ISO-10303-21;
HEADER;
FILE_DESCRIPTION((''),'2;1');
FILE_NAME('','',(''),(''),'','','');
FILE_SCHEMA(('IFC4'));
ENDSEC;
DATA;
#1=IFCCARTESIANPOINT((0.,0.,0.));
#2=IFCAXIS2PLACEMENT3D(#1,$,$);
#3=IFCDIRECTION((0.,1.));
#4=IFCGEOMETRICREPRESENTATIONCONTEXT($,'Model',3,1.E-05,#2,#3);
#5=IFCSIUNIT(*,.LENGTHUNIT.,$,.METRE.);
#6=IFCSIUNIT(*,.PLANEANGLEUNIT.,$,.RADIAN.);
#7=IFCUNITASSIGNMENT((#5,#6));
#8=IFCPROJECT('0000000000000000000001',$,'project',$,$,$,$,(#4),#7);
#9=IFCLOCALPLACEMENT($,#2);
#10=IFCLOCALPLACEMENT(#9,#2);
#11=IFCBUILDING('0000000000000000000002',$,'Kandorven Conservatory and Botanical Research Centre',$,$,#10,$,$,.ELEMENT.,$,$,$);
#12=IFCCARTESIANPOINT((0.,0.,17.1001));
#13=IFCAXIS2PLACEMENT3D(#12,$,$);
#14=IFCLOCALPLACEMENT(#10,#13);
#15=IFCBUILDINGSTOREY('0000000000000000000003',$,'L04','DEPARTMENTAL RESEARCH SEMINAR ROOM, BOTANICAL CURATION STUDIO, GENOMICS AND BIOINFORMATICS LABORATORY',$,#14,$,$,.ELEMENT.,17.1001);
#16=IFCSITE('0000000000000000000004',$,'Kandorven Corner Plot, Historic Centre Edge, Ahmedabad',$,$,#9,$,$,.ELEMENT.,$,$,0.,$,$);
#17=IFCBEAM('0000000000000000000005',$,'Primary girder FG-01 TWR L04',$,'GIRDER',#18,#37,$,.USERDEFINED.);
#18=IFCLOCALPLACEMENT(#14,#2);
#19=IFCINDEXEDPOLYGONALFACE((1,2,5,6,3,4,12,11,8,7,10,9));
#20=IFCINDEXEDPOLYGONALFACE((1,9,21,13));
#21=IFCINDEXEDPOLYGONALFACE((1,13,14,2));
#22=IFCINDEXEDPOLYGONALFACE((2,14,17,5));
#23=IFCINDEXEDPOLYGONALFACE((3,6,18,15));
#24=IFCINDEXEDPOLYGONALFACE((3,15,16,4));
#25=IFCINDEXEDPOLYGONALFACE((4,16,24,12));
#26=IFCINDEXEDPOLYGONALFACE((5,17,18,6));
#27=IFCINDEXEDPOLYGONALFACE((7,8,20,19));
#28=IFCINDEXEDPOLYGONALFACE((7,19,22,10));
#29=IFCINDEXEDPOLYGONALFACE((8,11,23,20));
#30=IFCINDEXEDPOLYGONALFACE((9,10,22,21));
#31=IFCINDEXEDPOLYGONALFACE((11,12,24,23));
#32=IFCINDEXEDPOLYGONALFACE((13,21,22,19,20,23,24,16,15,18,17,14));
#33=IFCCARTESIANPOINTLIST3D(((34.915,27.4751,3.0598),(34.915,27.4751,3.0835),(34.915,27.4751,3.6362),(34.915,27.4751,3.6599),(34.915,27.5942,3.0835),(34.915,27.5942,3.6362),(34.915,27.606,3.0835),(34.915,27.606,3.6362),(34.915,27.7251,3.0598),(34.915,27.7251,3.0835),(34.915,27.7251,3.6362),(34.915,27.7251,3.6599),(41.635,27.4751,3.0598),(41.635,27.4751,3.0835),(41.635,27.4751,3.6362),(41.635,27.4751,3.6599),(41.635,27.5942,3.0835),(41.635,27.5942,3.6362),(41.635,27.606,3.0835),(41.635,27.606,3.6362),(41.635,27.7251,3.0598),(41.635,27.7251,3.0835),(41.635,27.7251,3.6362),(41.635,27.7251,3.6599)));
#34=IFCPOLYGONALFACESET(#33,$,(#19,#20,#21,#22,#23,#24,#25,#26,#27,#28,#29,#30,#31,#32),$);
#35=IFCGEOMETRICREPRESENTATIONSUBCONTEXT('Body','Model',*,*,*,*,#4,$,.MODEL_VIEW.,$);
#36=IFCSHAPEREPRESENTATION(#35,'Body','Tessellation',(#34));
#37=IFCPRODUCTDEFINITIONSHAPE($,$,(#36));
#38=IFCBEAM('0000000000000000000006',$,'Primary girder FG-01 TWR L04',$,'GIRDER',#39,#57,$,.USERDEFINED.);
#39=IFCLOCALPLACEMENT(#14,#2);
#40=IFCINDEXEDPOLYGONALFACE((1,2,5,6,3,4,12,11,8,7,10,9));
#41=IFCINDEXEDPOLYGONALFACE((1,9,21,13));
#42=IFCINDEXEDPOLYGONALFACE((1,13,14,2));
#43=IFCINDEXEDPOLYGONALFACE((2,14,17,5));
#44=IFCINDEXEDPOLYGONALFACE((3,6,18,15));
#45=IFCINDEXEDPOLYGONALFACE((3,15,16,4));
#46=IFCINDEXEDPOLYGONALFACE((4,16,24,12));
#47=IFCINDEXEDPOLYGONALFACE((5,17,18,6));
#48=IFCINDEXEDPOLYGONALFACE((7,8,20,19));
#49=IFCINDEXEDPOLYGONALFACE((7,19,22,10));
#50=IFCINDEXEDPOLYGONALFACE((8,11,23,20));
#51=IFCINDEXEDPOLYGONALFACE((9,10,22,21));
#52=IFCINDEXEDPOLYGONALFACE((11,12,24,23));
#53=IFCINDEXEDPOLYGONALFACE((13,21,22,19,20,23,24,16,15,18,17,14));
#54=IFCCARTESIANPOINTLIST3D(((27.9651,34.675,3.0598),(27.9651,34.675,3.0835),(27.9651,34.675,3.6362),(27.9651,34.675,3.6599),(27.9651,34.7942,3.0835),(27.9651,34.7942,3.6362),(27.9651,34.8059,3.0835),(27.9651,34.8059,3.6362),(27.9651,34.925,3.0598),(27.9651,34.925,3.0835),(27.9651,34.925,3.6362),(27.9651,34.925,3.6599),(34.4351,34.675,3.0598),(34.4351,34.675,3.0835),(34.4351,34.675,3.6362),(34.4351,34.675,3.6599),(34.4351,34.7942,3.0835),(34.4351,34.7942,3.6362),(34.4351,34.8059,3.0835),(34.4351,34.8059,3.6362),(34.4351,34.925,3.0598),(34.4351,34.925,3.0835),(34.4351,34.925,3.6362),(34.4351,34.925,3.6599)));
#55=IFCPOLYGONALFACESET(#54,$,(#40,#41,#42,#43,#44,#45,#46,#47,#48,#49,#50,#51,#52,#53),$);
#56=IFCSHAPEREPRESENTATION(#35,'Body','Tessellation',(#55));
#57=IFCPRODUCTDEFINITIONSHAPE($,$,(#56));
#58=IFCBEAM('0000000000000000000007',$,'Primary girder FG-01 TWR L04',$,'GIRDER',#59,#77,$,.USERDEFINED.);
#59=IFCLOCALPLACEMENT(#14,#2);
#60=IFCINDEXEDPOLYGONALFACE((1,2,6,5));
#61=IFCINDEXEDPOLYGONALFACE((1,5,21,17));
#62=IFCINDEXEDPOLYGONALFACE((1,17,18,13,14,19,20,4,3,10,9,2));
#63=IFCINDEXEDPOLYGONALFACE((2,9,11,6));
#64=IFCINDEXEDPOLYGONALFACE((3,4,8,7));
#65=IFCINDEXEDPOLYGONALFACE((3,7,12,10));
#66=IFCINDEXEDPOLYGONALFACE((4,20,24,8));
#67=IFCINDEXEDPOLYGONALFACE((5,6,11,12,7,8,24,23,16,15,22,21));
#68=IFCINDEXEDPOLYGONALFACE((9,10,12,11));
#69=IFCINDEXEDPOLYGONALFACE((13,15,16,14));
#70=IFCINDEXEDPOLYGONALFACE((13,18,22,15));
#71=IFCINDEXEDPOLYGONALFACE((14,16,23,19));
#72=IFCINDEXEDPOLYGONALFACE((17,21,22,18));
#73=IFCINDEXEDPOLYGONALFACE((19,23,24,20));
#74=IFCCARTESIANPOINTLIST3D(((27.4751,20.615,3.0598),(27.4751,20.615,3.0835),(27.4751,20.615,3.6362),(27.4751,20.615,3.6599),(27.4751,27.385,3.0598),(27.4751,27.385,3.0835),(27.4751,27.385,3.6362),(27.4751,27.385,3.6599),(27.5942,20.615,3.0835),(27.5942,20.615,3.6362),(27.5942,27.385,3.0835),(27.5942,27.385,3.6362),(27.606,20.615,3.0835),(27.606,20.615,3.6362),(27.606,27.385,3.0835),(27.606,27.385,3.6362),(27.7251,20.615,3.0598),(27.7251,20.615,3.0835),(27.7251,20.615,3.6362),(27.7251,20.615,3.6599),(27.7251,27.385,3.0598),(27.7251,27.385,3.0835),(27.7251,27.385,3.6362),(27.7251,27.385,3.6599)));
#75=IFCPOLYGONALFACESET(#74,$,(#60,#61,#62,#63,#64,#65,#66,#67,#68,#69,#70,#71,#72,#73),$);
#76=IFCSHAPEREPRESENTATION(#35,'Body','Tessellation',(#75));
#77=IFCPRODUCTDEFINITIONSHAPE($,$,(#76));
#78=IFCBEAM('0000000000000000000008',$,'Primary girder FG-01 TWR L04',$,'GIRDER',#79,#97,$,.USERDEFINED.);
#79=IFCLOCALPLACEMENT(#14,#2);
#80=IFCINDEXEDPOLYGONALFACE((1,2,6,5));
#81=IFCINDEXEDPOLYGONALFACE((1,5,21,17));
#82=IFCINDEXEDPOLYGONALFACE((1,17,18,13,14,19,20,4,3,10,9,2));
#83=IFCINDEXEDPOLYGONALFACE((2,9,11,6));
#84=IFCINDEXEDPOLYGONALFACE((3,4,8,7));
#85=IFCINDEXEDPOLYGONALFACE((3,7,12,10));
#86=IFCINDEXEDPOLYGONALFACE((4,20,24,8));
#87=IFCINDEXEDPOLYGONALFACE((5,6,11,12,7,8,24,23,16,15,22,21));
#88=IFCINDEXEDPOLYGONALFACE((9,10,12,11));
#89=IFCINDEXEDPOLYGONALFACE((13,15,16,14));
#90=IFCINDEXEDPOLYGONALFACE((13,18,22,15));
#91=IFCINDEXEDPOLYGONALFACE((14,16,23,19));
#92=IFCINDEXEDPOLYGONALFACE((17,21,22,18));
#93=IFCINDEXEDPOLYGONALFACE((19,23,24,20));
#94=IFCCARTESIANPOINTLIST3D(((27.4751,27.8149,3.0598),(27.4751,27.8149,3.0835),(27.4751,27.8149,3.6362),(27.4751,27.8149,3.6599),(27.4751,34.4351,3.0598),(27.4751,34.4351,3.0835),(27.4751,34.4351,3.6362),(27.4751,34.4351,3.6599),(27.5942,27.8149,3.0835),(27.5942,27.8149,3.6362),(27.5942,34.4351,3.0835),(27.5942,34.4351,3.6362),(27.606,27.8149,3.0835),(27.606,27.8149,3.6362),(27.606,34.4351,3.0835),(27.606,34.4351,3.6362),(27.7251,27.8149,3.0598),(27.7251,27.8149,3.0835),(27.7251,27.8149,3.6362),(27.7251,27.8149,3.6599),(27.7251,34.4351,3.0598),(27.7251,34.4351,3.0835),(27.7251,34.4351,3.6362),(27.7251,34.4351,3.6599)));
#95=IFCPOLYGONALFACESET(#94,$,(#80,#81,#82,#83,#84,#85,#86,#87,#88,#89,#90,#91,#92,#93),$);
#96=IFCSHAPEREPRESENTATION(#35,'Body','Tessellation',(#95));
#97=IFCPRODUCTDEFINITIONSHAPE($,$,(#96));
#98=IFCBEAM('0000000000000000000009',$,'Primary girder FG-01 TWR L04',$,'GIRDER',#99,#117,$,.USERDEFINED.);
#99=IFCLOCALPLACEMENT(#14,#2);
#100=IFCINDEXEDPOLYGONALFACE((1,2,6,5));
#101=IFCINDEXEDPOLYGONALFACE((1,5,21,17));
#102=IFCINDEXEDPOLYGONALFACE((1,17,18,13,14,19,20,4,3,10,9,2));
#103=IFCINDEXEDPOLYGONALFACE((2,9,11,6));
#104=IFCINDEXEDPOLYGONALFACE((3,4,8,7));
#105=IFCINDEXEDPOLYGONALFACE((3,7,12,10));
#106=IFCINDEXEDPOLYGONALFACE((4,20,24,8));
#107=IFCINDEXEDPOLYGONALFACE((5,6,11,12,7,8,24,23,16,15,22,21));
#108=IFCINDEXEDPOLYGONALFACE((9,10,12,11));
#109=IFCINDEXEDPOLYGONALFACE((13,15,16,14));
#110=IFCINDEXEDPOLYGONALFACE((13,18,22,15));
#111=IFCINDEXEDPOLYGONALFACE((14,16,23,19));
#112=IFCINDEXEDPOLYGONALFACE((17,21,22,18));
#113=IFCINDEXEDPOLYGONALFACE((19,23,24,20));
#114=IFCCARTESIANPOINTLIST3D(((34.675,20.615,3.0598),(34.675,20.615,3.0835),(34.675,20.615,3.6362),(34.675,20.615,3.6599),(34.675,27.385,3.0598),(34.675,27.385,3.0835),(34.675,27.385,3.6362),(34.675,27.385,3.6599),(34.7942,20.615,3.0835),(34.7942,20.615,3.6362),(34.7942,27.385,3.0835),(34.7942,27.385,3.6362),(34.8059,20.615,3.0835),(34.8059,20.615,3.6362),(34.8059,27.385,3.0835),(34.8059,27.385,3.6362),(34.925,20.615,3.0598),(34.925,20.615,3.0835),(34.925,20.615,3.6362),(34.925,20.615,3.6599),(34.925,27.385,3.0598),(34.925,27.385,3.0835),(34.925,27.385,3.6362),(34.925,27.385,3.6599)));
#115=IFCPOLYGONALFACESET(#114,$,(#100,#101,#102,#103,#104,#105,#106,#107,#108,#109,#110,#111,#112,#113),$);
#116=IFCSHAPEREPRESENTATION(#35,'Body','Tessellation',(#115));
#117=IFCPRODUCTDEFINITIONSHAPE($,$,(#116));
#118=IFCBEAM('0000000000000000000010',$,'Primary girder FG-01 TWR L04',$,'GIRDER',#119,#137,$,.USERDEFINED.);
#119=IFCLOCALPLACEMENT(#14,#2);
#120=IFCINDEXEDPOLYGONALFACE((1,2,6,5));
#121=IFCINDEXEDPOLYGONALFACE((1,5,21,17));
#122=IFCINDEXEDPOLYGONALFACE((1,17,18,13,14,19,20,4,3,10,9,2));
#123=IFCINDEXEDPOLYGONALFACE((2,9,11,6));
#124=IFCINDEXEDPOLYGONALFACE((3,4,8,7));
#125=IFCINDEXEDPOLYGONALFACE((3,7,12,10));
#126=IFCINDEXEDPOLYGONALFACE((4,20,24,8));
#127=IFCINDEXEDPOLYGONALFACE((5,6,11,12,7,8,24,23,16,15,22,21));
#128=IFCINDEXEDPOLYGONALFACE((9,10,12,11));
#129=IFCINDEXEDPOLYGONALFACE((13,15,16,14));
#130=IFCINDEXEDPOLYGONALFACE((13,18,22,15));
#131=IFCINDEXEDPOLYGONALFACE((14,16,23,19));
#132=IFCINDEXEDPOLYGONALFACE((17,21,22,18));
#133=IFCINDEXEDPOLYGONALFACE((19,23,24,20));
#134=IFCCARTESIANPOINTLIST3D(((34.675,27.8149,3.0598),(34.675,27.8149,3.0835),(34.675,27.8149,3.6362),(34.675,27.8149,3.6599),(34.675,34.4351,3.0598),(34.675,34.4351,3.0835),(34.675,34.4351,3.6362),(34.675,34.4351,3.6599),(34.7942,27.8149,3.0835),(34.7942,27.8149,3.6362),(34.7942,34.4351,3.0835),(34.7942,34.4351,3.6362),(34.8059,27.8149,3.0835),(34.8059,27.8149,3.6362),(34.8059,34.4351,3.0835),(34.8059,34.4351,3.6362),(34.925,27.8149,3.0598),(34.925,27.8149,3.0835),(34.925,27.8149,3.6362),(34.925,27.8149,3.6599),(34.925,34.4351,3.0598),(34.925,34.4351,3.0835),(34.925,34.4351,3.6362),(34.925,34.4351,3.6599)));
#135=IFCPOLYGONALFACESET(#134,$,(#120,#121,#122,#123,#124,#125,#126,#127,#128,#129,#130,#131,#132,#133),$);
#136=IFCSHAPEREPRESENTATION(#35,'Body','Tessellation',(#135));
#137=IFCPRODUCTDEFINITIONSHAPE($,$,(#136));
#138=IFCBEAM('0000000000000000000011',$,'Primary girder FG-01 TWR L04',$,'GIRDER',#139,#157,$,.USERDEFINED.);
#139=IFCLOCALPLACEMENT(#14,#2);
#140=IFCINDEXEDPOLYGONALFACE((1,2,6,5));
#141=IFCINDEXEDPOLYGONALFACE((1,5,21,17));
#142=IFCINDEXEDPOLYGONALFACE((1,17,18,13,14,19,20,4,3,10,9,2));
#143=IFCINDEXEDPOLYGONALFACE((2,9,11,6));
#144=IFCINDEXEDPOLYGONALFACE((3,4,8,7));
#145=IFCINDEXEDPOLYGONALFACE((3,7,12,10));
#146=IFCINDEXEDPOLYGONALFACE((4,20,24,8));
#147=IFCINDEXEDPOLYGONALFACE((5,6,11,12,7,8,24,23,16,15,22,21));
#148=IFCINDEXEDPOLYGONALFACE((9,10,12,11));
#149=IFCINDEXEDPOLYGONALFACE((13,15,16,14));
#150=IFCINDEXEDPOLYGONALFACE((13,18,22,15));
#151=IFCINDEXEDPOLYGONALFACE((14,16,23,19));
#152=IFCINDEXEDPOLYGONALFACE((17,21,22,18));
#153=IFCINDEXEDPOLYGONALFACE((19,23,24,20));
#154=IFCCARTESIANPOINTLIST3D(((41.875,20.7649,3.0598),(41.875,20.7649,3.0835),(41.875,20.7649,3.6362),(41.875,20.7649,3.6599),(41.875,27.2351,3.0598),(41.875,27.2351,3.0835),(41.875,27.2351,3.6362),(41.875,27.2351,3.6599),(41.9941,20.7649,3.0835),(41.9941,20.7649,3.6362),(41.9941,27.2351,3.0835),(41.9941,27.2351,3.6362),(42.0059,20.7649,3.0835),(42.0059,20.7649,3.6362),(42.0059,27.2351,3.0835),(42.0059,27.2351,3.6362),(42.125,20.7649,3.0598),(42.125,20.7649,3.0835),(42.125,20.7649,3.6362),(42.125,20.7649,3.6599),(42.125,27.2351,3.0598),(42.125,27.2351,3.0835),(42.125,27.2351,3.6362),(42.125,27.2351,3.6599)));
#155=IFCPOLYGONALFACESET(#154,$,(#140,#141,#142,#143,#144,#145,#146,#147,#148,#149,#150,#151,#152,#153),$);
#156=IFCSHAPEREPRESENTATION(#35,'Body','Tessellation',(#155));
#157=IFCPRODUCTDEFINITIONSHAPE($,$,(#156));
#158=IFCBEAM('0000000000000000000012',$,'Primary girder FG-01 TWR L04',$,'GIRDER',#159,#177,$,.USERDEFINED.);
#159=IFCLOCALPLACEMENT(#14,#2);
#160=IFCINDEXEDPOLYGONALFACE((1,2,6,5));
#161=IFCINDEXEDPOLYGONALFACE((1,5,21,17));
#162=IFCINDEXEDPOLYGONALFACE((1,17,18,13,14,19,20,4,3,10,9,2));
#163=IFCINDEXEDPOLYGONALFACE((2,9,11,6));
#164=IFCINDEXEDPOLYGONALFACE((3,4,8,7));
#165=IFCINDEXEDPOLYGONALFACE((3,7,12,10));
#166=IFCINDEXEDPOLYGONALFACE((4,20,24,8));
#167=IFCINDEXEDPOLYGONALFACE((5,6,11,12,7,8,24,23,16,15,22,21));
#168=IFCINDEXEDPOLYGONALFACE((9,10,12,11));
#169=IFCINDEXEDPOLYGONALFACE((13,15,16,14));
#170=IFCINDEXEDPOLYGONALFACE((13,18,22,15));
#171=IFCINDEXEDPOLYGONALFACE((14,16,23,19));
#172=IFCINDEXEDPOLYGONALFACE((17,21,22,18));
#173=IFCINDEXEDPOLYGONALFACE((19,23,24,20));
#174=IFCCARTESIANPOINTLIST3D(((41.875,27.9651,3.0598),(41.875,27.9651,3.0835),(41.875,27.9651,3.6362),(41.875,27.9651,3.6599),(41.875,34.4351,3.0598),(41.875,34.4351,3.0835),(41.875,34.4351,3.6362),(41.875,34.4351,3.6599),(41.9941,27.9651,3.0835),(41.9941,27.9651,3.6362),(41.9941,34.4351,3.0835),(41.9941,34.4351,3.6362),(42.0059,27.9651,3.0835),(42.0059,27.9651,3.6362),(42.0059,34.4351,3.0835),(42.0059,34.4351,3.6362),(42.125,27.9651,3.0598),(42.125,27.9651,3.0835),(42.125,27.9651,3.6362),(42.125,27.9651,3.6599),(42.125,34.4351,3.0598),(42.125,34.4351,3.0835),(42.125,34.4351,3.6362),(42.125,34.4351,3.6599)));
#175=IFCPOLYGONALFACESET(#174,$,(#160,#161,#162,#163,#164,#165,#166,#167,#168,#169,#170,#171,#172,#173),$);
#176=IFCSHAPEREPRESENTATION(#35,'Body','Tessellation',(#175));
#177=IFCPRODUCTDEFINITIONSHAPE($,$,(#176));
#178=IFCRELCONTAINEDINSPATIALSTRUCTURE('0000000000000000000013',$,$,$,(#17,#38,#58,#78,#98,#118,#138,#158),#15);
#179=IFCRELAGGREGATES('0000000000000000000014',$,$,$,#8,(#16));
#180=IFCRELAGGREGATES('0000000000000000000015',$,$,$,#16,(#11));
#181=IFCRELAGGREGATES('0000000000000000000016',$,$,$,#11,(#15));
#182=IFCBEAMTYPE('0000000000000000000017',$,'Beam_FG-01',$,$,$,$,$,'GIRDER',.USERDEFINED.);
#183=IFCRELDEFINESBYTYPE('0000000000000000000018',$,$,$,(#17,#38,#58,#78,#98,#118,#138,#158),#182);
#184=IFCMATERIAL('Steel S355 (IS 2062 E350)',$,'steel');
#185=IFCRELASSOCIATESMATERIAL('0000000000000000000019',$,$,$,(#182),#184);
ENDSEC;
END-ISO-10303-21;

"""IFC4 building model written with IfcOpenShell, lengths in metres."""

from ifc_helpers import new_model, si_unit, direction, frame, origin, origin_2d, place, context, subcontext, project, spatial, i_section, extrude, material, material_profile, profile_set, type_object, element, save


model = new_model("IFC4")

# Units and contexts
model_context = context("Model", 3, precision=1e-05, world=origin(), true_north=direction((0.0, 1.0)))
body_context = subcontext(model_context, "Body", "Model", "MODEL_VIEW")
ifc_project = project(units=[si_unit("LENGTHUNIT", "METRE"), si_unit("PLANEANGLEUNIT", "RADIAN")], contexts=[model_context])

# Site, building, storey
site_placement = place(None, origin())
site = spatial("IfcSite", under=ifc_project, at=site_placement, Name="Kandorven Corner Plot, Historic Centre Edge, Ahmedabad", CompositionType="ELEMENT", RefElevation=0.0)
building_placement = place(site_placement, origin())
building = spatial("IfcBuilding", under=site, at=building_placement, Name="Kandorven Conservatory and Botanical Research Centre", CompositionType="ELEMENT")
storey_placement = place(building_placement, frame((0.0, 0.0, 17.1001)))
storey = spatial("IfcBuildingStorey", under=building, at=storey_placement, Name="L04", Description="DEPARTMENTAL RESEARCH SEMINAR ROOM, BOTANICAL CURATION STUDIO, GENOMICS AND BIOINFORMATICS LABORATORY", CompositionType="ELEMENT", Elevation=17.1001)

# Beams
ifc_material_1 = material(Name="Steel S355 (IS 2062 E350)", Category="steel")
ifc_material_profile_1 = material_profile(ifc_material_1, i_section(OverallWidth=0.25, OverallDepth=0.6001, WebThickness=0.0117, FlangeThickness=0.0237, at=origin_2d()))
ifc_profile_set_1 = profile_set([ifc_material_profile_1], Name="Steel S355 (IS 2062 E350)")
beam_type_1 = type_object("IfcBeamType", Name="Beam_FG-01", ElementType="GIRDER", PredefinedType="USERDEFINED", material=ifc_profile_set_1)
beam_1_placement = place(storey_placement, frame((34.915, 27.6001, 3.3599), z_axis=(1.0, 0.0, 0.0), x_axis=(0.0, 1.0, 0.0)))
element("IfcBeam", 1, at=beam_1_placement, inside=storey, type_object=beam_type_1, Name="Primary girder FG-01 TWR L04", ObjectType="GIRDER", PredefinedType="USERDEFINED", context=body_context, shape_type="SweptSolid", body=[
    extrude(i_section(OverallWidth=0.25, OverallDepth=0.6001, WebThickness=0.0117, FlangeThickness=0.0237, at=origin_2d()), origin(), (0.0, 0.0, 1.0), 6.72),
])
beam_2_placement = place(storey_placement, frame((27.9651, 34.8, 3.3599), z_axis=(1.0, 0.0, 0.0), x_axis=(0.0, 1.0, 0.0)))
element("IfcBeam", 2, at=beam_2_placement, inside=storey, type_object=beam_type_1, Name="Primary girder FG-01 TWR L04", ObjectType="GIRDER", PredefinedType="USERDEFINED", context=body_context, shape_type="SweptSolid", body=[
    extrude(i_section(OverallWidth=0.25, OverallDepth=0.6001, WebThickness=0.0117, FlangeThickness=0.0237, at=origin_2d()), origin(), (0.0, 0.0, 1.0), 6.47),
])
beam_3_placement = place(storey_placement, frame((27.6001, 20.615, 3.3599), z_axis=(0.0, 1.0, 0.0), x_axis=(-1.0, 0.0, 0.0)))
element("IfcBeam", 3, at=beam_3_placement, inside=storey, type_object=beam_type_1, Name="Primary girder FG-01 TWR L04", ObjectType="GIRDER", PredefinedType="USERDEFINED", context=body_context, shape_type="SweptSolid", body=[
    extrude(i_section(OverallWidth=0.25, OverallDepth=0.6001, WebThickness=0.0117, FlangeThickness=0.0237, at=origin_2d()), origin(), (0.0, 0.0, 1.0), 6.77),
])
beam_4_placement = place(storey_placement, frame((27.6001, 27.8149, 3.3599), z_axis=(0.0, 1.0, 0.0), x_axis=(-1.0, 0.0, 0.0)))
element("IfcBeam", 4, at=beam_4_placement, inside=storey, type_object=beam_type_1, Name="Primary girder FG-01 TWR L04", ObjectType="GIRDER", PredefinedType="USERDEFINED", context=body_context, shape_type="SweptSolid", body=[
    extrude(i_section(OverallWidth=0.25, OverallDepth=0.6001, WebThickness=0.0117, FlangeThickness=0.0237, at=origin_2d()), origin(), (0.0, 0.0, 1.0), 6.6201),
])
beam_5_placement = place(storey_placement, frame((34.8, 20.615, 3.3599), z_axis=(0.0, 1.0, 0.0), x_axis=(-1.0, 0.0, 0.0)))
element("IfcBeam", 5, at=beam_5_placement, inside=storey, type_object=beam_type_1, Name="Primary girder FG-01 TWR L04", ObjectType="GIRDER", PredefinedType="USERDEFINED", context=body_context, shape_type="SweptSolid", body=[
    extrude(i_section(OverallWidth=0.25, OverallDepth=0.6001, WebThickness=0.0117, FlangeThickness=0.0237, at=origin_2d()), origin(), (0.0, 0.0, 1.0), 6.77),
])
beam_6_placement = place(storey_placement, frame((34.8, 27.8149, 3.3599), z_axis=(0.0, 1.0, 0.0), x_axis=(-1.0, 0.0, 0.0)))
element("IfcBeam", 6, at=beam_6_placement, inside=storey, type_object=beam_type_1, Name="Primary girder FG-01 TWR L04", ObjectType="GIRDER", PredefinedType="USERDEFINED", context=body_context, shape_type="SweptSolid", body=[
    extrude(i_section(OverallWidth=0.25, OverallDepth=0.6001, WebThickness=0.0117, FlangeThickness=0.0237, at=origin_2d()), origin(), (0.0, 0.0, 1.0), 6.6201),
])
beam_7_placement = place(storey_placement, frame((42.0, 20.7649, 3.3599), z_axis=(0.0, 1.0, 0.0), x_axis=(-1.0, 0.0, 0.0)))
element("IfcBeam", 7, at=beam_7_placement, inside=storey, type_object=beam_type_1, Name="Primary girder FG-01 TWR L04", ObjectType="GIRDER", PredefinedType="USERDEFINED", context=body_context, shape_type="SweptSolid", body=[
    extrude(i_section(OverallWidth=0.25, OverallDepth=0.6001, WebThickness=0.0117, FlangeThickness=0.0237, at=origin_2d()), origin(), (0.0, 0.0, 1.0), 6.4702),
])
beam_8_placement = place(storey_placement, frame((42.0, 27.9651, 3.3599), z_axis=(0.0, 1.0, 0.0), x_axis=(-1.0, 0.0, 0.0)))
element("IfcBeam", 8, at=beam_8_placement, inside=storey, type_object=beam_type_1, Name="Primary girder FG-01 TWR L04", ObjectType="GIRDER", PredefinedType="USERDEFINED", context=body_context, shape_type="SweptSolid", body=[
    extrude(i_section(OverallWidth=0.25, OverallDepth=0.6001, WebThickness=0.0117, FlangeThickness=0.0237, at=origin_2d()), origin(), (0.0, 0.0, 1.0), 6.47),
])

save(model, "model.ifc")
